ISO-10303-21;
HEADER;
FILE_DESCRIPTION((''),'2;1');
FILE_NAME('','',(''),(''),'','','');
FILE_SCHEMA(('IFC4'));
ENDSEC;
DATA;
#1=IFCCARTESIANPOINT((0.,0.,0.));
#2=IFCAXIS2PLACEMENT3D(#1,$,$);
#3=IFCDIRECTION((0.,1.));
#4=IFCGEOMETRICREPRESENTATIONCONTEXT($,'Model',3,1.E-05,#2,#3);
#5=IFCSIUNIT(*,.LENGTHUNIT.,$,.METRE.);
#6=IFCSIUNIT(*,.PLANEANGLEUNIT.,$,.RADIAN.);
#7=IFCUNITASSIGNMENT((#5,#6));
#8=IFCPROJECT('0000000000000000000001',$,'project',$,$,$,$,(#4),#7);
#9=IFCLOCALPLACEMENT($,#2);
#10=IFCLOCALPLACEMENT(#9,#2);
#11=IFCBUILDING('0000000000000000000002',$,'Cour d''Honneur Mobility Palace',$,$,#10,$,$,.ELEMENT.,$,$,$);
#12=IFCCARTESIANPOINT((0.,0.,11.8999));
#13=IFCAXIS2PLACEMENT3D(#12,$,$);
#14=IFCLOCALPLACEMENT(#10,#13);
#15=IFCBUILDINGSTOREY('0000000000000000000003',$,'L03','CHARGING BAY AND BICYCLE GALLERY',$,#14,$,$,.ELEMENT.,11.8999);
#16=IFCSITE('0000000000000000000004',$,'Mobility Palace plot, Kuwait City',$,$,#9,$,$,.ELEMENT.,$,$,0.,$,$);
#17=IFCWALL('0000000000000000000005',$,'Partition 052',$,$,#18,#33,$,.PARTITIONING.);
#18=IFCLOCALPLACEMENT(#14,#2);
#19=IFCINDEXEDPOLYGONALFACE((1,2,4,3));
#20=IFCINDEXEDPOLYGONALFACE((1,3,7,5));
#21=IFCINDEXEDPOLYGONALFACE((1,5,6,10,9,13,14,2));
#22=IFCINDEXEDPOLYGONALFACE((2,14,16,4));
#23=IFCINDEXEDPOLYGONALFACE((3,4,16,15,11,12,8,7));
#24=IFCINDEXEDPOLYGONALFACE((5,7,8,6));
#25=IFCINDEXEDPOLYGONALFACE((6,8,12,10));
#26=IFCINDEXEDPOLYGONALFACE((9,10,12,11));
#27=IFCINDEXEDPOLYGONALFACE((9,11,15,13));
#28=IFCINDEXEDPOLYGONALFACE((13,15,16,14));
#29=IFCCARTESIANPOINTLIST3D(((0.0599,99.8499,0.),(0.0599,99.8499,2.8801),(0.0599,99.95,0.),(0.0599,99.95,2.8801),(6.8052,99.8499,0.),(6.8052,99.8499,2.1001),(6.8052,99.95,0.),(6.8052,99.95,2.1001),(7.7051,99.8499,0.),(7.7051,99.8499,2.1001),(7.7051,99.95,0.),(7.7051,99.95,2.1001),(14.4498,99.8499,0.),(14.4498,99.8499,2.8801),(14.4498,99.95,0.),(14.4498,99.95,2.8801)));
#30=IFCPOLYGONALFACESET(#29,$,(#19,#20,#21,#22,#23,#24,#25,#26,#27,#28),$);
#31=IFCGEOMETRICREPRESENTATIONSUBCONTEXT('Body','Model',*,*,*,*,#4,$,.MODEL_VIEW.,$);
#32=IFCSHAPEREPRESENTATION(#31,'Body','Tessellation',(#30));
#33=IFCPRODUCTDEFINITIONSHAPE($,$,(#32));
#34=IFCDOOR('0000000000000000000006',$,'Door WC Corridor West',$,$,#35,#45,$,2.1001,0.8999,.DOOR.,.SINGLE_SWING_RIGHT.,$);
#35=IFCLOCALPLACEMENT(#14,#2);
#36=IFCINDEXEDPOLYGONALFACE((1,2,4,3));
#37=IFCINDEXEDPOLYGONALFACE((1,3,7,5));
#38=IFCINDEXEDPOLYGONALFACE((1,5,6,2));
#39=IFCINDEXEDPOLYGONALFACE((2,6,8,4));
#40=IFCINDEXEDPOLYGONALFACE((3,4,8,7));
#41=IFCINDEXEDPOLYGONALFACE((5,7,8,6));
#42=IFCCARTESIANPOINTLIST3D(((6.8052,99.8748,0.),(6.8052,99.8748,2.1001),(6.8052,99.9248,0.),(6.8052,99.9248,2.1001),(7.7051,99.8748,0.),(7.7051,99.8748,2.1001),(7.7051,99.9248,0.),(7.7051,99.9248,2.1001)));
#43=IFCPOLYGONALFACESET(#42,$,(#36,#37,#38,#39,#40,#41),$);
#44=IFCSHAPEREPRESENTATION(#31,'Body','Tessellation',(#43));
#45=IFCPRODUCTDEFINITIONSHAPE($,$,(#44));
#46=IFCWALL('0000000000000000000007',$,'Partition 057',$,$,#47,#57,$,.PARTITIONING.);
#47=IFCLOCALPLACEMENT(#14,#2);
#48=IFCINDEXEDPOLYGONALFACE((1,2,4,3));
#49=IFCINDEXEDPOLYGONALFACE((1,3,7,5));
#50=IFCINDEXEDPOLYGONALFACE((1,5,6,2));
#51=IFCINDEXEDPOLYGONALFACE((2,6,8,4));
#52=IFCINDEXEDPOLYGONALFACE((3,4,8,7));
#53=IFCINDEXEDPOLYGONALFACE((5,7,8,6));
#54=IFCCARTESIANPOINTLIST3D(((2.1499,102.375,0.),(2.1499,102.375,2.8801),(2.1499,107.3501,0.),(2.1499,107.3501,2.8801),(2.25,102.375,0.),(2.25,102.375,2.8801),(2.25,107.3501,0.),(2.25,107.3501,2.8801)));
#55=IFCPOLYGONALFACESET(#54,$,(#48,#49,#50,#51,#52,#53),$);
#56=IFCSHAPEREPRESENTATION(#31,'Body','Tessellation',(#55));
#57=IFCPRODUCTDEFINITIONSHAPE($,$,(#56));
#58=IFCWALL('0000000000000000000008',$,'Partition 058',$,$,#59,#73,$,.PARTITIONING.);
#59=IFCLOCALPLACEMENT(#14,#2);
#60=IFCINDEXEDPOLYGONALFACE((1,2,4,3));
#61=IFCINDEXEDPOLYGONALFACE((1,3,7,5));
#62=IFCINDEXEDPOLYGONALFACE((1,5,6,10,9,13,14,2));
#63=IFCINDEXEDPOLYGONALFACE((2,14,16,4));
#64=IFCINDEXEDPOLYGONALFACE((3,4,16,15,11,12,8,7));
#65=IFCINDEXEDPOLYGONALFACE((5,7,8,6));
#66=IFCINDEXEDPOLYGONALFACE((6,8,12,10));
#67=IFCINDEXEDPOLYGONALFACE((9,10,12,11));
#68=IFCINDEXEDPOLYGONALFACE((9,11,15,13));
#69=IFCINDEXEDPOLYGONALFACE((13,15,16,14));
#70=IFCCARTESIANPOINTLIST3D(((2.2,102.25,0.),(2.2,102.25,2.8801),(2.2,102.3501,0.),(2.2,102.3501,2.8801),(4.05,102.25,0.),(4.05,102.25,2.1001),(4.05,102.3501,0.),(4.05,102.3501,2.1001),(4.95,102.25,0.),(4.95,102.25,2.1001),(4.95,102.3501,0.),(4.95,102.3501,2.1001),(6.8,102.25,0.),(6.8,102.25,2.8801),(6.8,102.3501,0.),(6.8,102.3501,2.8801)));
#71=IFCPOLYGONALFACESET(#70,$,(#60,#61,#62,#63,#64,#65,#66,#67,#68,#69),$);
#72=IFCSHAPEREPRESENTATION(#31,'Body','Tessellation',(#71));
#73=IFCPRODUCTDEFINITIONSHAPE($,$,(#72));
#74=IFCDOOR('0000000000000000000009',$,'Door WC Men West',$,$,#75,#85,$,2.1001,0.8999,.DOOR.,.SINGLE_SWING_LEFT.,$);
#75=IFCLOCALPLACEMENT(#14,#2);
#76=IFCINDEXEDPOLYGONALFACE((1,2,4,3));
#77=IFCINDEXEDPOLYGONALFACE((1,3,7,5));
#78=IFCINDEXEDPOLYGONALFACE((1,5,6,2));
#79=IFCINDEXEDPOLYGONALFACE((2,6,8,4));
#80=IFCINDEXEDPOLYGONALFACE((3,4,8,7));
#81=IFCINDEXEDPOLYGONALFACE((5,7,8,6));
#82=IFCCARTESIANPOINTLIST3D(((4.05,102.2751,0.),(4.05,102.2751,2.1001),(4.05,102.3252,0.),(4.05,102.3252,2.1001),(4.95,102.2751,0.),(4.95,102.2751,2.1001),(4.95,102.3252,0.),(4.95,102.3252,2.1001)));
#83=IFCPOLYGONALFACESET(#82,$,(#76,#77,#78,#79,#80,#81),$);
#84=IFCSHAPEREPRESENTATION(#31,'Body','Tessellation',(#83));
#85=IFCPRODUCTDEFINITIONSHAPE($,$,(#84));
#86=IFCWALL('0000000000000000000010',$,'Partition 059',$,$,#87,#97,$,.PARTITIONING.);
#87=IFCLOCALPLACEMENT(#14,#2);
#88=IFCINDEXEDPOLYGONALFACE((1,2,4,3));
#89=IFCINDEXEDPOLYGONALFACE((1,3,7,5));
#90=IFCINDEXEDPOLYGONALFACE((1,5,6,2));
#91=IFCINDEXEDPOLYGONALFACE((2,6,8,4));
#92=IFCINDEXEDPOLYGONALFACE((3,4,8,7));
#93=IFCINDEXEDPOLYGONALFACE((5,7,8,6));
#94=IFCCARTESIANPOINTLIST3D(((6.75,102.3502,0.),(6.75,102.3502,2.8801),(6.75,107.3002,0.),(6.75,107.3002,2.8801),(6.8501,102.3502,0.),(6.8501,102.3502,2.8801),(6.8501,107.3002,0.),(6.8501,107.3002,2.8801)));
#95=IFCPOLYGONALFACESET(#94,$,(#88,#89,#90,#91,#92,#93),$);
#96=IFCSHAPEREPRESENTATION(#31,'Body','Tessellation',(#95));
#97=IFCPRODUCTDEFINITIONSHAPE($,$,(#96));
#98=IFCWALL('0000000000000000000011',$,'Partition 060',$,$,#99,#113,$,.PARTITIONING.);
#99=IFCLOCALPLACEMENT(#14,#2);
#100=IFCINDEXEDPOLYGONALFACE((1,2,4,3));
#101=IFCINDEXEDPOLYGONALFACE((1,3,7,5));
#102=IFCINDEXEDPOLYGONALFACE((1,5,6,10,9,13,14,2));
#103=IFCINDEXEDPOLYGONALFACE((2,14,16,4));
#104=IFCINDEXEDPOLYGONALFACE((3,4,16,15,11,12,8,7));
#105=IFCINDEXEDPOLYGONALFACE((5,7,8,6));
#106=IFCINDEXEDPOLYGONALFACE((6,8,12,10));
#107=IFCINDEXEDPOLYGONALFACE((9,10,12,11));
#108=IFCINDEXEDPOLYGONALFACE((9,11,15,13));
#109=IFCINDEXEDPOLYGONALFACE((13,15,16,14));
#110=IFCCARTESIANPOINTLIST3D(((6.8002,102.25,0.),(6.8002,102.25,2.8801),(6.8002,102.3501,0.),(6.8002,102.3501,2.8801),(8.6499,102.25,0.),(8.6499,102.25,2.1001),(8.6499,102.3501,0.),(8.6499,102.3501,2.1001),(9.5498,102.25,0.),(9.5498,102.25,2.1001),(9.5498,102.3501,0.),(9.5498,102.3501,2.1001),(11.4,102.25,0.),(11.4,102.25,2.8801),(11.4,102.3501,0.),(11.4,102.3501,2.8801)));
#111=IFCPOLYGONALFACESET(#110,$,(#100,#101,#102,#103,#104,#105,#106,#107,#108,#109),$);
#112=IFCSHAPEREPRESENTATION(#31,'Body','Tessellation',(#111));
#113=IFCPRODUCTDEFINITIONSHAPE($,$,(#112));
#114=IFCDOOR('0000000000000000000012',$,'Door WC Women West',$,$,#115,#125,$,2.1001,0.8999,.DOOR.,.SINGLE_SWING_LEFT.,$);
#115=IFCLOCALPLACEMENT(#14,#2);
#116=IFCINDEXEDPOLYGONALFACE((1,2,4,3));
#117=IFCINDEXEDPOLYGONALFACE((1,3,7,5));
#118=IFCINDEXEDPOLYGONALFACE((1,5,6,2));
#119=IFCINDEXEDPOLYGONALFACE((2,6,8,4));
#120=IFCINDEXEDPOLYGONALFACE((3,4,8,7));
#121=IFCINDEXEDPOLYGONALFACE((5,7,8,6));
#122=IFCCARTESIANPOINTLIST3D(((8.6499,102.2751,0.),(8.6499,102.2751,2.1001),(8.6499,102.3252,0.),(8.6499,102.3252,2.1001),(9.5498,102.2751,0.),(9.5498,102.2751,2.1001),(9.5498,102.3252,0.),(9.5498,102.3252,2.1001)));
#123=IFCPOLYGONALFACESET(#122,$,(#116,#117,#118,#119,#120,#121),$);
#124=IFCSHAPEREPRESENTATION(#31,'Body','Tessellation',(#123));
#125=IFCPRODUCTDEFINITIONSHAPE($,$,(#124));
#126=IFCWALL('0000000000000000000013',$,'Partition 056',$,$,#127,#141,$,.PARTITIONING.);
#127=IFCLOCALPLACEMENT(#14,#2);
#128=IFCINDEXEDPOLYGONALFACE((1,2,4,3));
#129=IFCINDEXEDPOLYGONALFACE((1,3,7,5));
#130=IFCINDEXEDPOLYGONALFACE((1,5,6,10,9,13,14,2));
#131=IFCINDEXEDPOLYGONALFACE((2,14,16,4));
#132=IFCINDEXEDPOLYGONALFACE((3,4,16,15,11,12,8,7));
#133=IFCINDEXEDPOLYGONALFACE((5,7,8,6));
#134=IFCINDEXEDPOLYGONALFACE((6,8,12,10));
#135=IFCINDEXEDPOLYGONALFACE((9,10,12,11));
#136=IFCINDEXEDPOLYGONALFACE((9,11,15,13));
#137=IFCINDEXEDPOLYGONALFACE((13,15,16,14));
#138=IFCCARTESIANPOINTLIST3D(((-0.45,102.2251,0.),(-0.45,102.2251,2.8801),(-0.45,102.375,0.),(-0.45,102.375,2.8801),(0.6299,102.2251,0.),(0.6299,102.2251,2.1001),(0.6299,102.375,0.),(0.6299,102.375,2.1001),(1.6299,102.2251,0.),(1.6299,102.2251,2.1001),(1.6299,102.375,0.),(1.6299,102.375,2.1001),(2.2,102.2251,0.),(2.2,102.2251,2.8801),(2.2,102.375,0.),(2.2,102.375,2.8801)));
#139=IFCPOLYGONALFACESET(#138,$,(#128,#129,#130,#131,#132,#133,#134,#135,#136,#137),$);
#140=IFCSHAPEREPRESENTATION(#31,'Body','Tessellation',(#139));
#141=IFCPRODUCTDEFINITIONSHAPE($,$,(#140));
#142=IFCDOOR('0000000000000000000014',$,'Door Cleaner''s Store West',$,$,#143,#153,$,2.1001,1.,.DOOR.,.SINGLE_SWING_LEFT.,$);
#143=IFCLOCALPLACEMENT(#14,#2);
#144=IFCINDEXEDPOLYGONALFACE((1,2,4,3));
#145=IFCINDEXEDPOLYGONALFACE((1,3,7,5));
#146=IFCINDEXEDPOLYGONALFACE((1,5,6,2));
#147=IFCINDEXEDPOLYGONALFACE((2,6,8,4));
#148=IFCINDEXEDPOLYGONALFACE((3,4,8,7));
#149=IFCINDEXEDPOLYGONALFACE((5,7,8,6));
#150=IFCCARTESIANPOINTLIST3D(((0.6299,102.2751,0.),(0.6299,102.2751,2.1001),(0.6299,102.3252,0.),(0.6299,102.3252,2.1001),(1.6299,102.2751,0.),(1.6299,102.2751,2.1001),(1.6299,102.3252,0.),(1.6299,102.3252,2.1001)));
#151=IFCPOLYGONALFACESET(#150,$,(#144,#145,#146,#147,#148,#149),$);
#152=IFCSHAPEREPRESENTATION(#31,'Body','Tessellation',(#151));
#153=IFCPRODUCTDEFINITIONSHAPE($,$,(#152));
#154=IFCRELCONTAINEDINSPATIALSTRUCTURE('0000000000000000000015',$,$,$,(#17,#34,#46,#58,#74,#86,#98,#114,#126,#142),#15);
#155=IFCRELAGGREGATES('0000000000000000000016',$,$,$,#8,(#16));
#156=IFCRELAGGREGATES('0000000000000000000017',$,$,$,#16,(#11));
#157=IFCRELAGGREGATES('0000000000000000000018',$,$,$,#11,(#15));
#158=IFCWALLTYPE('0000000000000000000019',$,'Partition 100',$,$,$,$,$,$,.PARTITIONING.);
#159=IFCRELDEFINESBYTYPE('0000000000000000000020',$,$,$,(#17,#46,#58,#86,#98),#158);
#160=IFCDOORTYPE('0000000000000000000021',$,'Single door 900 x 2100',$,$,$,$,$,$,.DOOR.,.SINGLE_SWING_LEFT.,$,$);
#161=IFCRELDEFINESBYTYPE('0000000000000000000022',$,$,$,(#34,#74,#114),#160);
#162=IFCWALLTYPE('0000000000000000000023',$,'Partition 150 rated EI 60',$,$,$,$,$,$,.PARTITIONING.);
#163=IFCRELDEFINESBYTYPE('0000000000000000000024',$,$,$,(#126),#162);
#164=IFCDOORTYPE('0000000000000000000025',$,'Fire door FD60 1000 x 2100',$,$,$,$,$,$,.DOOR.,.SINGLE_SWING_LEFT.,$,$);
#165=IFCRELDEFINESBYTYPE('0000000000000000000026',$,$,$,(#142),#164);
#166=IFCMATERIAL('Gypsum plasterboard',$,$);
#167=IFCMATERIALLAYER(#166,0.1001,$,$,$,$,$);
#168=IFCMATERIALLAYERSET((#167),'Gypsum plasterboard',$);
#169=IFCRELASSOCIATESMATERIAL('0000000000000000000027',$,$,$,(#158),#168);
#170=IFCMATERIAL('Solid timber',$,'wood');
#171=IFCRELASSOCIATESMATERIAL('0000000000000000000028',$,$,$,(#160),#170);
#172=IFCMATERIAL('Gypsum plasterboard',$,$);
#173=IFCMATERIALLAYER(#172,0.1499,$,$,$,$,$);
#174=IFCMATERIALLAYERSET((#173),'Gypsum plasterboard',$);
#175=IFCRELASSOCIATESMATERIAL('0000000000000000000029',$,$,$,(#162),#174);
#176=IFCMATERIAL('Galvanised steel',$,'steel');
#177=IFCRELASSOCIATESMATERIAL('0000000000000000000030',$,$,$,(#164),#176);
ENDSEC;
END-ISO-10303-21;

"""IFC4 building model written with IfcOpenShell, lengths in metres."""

from ifc_helpers import new_model, si_unit, direction, frame, frame_2d, origin, place, context, subcontext, project, spatial, rectangle, extrude, material, layer, layer_set, type_object, element, fill, save


model = new_model("IFC4")

# Units and contexts
model_context = context("Model", 3, precision=1e-05, world=origin(), true_north=direction((0.0, 1.0)))
body_context = subcontext(model_context, "Body", "Model", "MODEL_VIEW")
ifc_project = project(units=[si_unit("LENGTHUNIT", "METRE"), si_unit("PLANEANGLEUNIT", "RADIAN")], contexts=[model_context])

# Site, building, storey
site_placement = place(None, origin())
site = spatial("IfcSite", under=ifc_project, at=site_placement, Name="Mobility Palace plot, Kuwait City", CompositionType="ELEMENT", RefElevation=0.0)
building_placement = place(site_placement, origin())
building = spatial("IfcBuilding", under=site, at=building_placement, Name="Cour d'Honneur Mobility Palace", CompositionType="ELEMENT")
storey_placement = place(building_placement, frame((0.0, 0.0, 11.8999)))
storey = spatial("IfcBuildingStorey", under=building, at=storey_placement, Name="L03", Description="CHARGING BAY AND BICYCLE GALLERY", CompositionType="ELEMENT", Elevation=11.8999)

# Wall, opening, door
ifc_material_1 = material(Name="Gypsum plasterboard")
ifc_layer_1 = layer(ifc_material_1, 0.1001)
ifc_layer_set_1 = layer_set([ifc_layer_1], Name="Gypsum plasterboard")
wall_type_1 = type_object("IfcWallType", Name="Partition 100", PredefinedType="PARTITIONING", material=ifc_layer_set_1)
wall_1_placement = place(storey_placement, frame((0.0601, 99.8999, 0.0), z_axis=(0.0, 0.0, 1.0), x_axis=(1.0, 0.0, 0.0)))
wall_1 = element("IfcWall", 1, at=wall_1_placement, inside=storey, type_object=wall_type_1, Name="Partition 052", PredefinedType="PARTITIONING", context=body_context, shape_type="SweptSolid", body=[
    extrude(rectangle(XDim=14.3899, YDim=0.1001, at=frame_2d((7.1948, 0.0))), origin(), (0.0, 0.0, 1.0), 2.8801),
])
opening_1_placement = place(wall_1_placement, frame((6.7451, 0.0, 0.0)))
opening_1 = element("IfcOpeningElement", 2, at=opening_1_placement, cuts=wall_1, PredefinedType="OPENING", context=body_context, shape_type="SweptSolid", body=[
    extrude(rectangle(XDim=0.8999, YDim=2.1001, at=frame_2d((0.45, 1.05))), frame((0.0, 0.0601, 0.0), z_axis=(0.0, -1.0, 0.0), x_axis=(1.0, 0.0, 0.0)), (0.0, 0.0, 1.0), 0.1201),
])
ifc_material_2 = material(Name="Solid timber", Category="wood")
door_type_1 = type_object("IfcDoorType", Name="Single door 900 x 2100", OperationType="SINGLE_SWING_LEFT", PredefinedType="DOOR", material=ifc_material_2)
door_1_placement = place(opening_1_placement, origin())
door_1 = element("IfcDoor", 3, at=door_1_placement, inside=storey, type_object=door_type_1, Name="Door WC Corridor West", OperationType="SINGLE_SWING_RIGHT", OverallHeight=2.1001, OverallWidth=0.8999, PredefinedType="DOOR", context=body_context, shape_type="SweptSolid", body=[
    extrude(rectangle(XDim=0.8999, YDim=2.1001, at=frame_2d((0.45, 1.05))), frame((0.0, 0.0249, 0.0), z_axis=(0.0, -1.0, 0.0), x_axis=(1.0, 0.0, 0.0)), (0.0, 0.0, 1.0), 0.05),
])
fill(opening_1, door_1)

# Wall
wall_2_placement = place(storey_placement, frame((2.2, 102.375, 0.0), z_axis=(0.0, 0.0, 1.0), x_axis=(0.0, 1.0, 0.0)))
element("IfcWall", 4, at=wall_2_placement, inside=storey, type_object=wall_type_1, Name="Partition 057", PredefinedType="PARTITIONING", context=body_context, shape_type="SweptSolid", body=[
    extrude(rectangle(XDim=4.9751, YDim=0.1001, at=frame_2d((2.4875, 0.0))), origin(), (0.0, 0.0, 1.0), 2.8801),
])

# Wall, opening, door
wall_3_placement = place(storey_placement, frame((6.8, 102.3, 0.0), z_axis=(0.0, 0.0, 1.0), x_axis=(-1.0, 0.0, 0.0)))
wall_3 = element("IfcWall", 5, at=wall_3_placement, inside=storey, type_object=wall_type_1, Name="Partition 058", PredefinedType="PARTITIONING", context=body_context, shape_type="SweptSolid", body=[
    extrude(rectangle(XDim=4.6001, YDim=0.1001, at=frame_2d((2.3, 0.0))), origin(), (0.0, 0.0, 1.0), 2.8801),
])
opening_2_placement = place(wall_3_placement, frame((1.8501, 0.0, 0.0)))
opening_2 = element("IfcOpeningElement", 6, at=opening_2_placement, cuts=wall_3, PredefinedType="OPENING", context=body_context, shape_type="SweptSolid", body=[
    extrude(rectangle(XDim=0.8999, YDim=2.1001, at=frame_2d((0.45, 1.05))), frame((0.0, 0.0601, 0.0), z_axis=(0.0, -1.0, 0.0), x_axis=(1.0, 0.0, 0.0)), (0.0, 0.0, 1.0), 0.1201),
])
door_2_placement = place(opening_2_placement, origin())
door_2 = element("IfcDoor", 7, at=door_2_placement, inside=storey, type_object=door_type_1, Name="Door WC Men West", OperationType="SINGLE_SWING_LEFT", OverallHeight=2.1001, OverallWidth=0.8999, PredefinedType="DOOR", context=body_context, shape_type="SweptSolid", body=[
    extrude(rectangle(XDim=0.8999, YDim=2.1001, at=frame_2d((0.45, 1.05))), frame((0.0, 0.0249, 0.0), z_axis=(0.0, -1.0, 0.0), x_axis=(1.0, 0.0, 0.0)), (0.0, 0.0, 1.0), 0.05),
])
fill(opening_2, door_2)

# Wall
wall_4_placement = place(storey_placement, frame((6.8, 102.3501, 0.0), z_axis=(0.0, 0.0, 1.0), x_axis=(0.0, 1.0, 0.0)))
element("IfcWall", 8, at=wall_4_placement, inside=storey, type_object=wall_type_1, Name="Partition 059", PredefinedType="PARTITIONING", context=body_context, shape_type="SweptSolid", body=[
    extrude(rectangle(XDim=4.95, YDim=0.1001, at=frame_2d((2.4751, 0.0))), origin(), (0.0, 0.0, 1.0), 2.8801),
])

# Walls, openings, doors
wall_5_placement = place(storey_placement, frame((11.3999, 102.3, 0.0), z_axis=(0.0, 0.0, 1.0), x_axis=(-1.0, 0.0, 0.0)))
wall_5 = element("IfcWall", 9, at=wall_5_placement, inside=storey, type_object=wall_type_1, Name="Partition 060", PredefinedType="PARTITIONING", context=body_context, shape_type="SweptSolid", body=[
    extrude(rectangle(XDim=4.5999, YDim=0.1001, at=frame_2d((2.2998, 0.0))), origin(), (0.0, 0.0, 1.0), 2.8801),
])
opening_3_placement = place(wall_5_placement, frame((1.8501, 0.0, 0.0)))
opening_3 = element("IfcOpeningElement", 10, at=opening_3_placement, cuts=wall_5, PredefinedType="OPENING", context=body_context, shape_type="SweptSolid", body=[
    extrude(rectangle(XDim=0.8999, YDim=2.1001, at=frame_2d((0.45, 1.05))), frame((0.0, 0.0601, 0.0), z_axis=(0.0, -1.0, 0.0), x_axis=(1.0, 0.0, 0.0)), (0.0, 0.0, 1.0), 0.1201),
])
door_3_placement = place(opening_3_placement, origin())
door_3 = element("IfcDoor", 11, at=door_3_placement, inside=storey, type_object=door_type_1, Name="Door WC Women West", OperationType="SINGLE_SWING_LEFT", OverallHeight=2.1001, OverallWidth=0.8999, PredefinedType="DOOR", context=body_context, shape_type="SweptSolid", body=[
    extrude(rectangle(XDim=0.8999, YDim=2.1001, at=frame_2d((0.45, 1.05))), frame((0.0, 0.0249, 0.0), z_axis=(0.0, -1.0, 0.0), x_axis=(1.0, 0.0, 0.0)), (0.0, 0.0, 1.0), 0.05),
])
fill(opening_3, door_3)
ifc_material_3 = material(Name="Gypsum plasterboard")
ifc_layer_2 = layer(ifc_material_3, 0.1499)
ifc_layer_set_2 = layer_set([ifc_layer_2], Name="Gypsum plasterboard")
wall_type_2 = type_object("IfcWallType", Name="Partition 150 rated EI 60", PredefinedType="PARTITIONING", material=ifc_layer_set_2)
wall_6_placement = place(storey_placement, frame((2.2, 102.3, 0.0), z_axis=(0.0, 0.0, 1.0), x_axis=(-1.0, 0.0, 0.0)))
wall_6 = element("IfcWall", 12, at=wall_6_placement, inside=storey, type_object=wall_type_2, Name="Partition 056", PredefinedType="PARTITIONING", context=body_context, shape_type="SweptSolid", body=[
    extrude(rectangle(XDim=2.6499, YDim=0.1499, at=frame_2d((1.325, 0.0))), origin(), (0.0, 0.0, 1.0), 2.8801),
])
opening_4_placement = place(wall_6_placement, frame((0.5701, 0.0, 0.0)))
opening_4 = element("IfcOpeningElement", 13, at=opening_4_placement, cuts=wall_6, PredefinedType="OPENING", context=body_context, shape_type="SweptSolid", body=[
    extrude(rectangle(XDim=1.0, YDim=2.1001, at=frame_2d((0.5, 1.05))), frame((0.0, 0.085, 0.0), z_axis=(0.0, -1.0, 0.0), x_axis=(1.0, 0.0, 0.0)), (0.0, 0.0, 1.0), 0.1699),
])
ifc_material_4 = material(Name="Galvanised steel", Category="steel")
door_type_2 = type_object("IfcDoorType", Name="Fire door FD60 1000 x 2100", OperationType="SINGLE_SWING_LEFT", PredefinedType="DOOR", material=ifc_material_4)
door_4_placement = place(opening_4_placement, origin())
door_4 = element("IfcDoor", 14, at=door_4_placement, inside=storey, type_object=door_type_2, Name="Door Cleaner's Store West", OperationType="SINGLE_SWING_LEFT", OverallHeight=2.1001, OverallWidth=1.0, PredefinedType="DOOR", context=body_context, shape_type="SweptSolid", body=[
    extrude(rectangle(XDim=1.0, YDim=2.1001, at=frame_2d((0.5, 1.05))), frame((0.0, 0.0249, 0.0), z_axis=(0.0, -1.0, 0.0), x_axis=(1.0, 0.0, 0.0)), (0.0, 0.0, 1.0), 0.05),
])
fill(opening_4, door_4)

save(model, "model.ifc")
